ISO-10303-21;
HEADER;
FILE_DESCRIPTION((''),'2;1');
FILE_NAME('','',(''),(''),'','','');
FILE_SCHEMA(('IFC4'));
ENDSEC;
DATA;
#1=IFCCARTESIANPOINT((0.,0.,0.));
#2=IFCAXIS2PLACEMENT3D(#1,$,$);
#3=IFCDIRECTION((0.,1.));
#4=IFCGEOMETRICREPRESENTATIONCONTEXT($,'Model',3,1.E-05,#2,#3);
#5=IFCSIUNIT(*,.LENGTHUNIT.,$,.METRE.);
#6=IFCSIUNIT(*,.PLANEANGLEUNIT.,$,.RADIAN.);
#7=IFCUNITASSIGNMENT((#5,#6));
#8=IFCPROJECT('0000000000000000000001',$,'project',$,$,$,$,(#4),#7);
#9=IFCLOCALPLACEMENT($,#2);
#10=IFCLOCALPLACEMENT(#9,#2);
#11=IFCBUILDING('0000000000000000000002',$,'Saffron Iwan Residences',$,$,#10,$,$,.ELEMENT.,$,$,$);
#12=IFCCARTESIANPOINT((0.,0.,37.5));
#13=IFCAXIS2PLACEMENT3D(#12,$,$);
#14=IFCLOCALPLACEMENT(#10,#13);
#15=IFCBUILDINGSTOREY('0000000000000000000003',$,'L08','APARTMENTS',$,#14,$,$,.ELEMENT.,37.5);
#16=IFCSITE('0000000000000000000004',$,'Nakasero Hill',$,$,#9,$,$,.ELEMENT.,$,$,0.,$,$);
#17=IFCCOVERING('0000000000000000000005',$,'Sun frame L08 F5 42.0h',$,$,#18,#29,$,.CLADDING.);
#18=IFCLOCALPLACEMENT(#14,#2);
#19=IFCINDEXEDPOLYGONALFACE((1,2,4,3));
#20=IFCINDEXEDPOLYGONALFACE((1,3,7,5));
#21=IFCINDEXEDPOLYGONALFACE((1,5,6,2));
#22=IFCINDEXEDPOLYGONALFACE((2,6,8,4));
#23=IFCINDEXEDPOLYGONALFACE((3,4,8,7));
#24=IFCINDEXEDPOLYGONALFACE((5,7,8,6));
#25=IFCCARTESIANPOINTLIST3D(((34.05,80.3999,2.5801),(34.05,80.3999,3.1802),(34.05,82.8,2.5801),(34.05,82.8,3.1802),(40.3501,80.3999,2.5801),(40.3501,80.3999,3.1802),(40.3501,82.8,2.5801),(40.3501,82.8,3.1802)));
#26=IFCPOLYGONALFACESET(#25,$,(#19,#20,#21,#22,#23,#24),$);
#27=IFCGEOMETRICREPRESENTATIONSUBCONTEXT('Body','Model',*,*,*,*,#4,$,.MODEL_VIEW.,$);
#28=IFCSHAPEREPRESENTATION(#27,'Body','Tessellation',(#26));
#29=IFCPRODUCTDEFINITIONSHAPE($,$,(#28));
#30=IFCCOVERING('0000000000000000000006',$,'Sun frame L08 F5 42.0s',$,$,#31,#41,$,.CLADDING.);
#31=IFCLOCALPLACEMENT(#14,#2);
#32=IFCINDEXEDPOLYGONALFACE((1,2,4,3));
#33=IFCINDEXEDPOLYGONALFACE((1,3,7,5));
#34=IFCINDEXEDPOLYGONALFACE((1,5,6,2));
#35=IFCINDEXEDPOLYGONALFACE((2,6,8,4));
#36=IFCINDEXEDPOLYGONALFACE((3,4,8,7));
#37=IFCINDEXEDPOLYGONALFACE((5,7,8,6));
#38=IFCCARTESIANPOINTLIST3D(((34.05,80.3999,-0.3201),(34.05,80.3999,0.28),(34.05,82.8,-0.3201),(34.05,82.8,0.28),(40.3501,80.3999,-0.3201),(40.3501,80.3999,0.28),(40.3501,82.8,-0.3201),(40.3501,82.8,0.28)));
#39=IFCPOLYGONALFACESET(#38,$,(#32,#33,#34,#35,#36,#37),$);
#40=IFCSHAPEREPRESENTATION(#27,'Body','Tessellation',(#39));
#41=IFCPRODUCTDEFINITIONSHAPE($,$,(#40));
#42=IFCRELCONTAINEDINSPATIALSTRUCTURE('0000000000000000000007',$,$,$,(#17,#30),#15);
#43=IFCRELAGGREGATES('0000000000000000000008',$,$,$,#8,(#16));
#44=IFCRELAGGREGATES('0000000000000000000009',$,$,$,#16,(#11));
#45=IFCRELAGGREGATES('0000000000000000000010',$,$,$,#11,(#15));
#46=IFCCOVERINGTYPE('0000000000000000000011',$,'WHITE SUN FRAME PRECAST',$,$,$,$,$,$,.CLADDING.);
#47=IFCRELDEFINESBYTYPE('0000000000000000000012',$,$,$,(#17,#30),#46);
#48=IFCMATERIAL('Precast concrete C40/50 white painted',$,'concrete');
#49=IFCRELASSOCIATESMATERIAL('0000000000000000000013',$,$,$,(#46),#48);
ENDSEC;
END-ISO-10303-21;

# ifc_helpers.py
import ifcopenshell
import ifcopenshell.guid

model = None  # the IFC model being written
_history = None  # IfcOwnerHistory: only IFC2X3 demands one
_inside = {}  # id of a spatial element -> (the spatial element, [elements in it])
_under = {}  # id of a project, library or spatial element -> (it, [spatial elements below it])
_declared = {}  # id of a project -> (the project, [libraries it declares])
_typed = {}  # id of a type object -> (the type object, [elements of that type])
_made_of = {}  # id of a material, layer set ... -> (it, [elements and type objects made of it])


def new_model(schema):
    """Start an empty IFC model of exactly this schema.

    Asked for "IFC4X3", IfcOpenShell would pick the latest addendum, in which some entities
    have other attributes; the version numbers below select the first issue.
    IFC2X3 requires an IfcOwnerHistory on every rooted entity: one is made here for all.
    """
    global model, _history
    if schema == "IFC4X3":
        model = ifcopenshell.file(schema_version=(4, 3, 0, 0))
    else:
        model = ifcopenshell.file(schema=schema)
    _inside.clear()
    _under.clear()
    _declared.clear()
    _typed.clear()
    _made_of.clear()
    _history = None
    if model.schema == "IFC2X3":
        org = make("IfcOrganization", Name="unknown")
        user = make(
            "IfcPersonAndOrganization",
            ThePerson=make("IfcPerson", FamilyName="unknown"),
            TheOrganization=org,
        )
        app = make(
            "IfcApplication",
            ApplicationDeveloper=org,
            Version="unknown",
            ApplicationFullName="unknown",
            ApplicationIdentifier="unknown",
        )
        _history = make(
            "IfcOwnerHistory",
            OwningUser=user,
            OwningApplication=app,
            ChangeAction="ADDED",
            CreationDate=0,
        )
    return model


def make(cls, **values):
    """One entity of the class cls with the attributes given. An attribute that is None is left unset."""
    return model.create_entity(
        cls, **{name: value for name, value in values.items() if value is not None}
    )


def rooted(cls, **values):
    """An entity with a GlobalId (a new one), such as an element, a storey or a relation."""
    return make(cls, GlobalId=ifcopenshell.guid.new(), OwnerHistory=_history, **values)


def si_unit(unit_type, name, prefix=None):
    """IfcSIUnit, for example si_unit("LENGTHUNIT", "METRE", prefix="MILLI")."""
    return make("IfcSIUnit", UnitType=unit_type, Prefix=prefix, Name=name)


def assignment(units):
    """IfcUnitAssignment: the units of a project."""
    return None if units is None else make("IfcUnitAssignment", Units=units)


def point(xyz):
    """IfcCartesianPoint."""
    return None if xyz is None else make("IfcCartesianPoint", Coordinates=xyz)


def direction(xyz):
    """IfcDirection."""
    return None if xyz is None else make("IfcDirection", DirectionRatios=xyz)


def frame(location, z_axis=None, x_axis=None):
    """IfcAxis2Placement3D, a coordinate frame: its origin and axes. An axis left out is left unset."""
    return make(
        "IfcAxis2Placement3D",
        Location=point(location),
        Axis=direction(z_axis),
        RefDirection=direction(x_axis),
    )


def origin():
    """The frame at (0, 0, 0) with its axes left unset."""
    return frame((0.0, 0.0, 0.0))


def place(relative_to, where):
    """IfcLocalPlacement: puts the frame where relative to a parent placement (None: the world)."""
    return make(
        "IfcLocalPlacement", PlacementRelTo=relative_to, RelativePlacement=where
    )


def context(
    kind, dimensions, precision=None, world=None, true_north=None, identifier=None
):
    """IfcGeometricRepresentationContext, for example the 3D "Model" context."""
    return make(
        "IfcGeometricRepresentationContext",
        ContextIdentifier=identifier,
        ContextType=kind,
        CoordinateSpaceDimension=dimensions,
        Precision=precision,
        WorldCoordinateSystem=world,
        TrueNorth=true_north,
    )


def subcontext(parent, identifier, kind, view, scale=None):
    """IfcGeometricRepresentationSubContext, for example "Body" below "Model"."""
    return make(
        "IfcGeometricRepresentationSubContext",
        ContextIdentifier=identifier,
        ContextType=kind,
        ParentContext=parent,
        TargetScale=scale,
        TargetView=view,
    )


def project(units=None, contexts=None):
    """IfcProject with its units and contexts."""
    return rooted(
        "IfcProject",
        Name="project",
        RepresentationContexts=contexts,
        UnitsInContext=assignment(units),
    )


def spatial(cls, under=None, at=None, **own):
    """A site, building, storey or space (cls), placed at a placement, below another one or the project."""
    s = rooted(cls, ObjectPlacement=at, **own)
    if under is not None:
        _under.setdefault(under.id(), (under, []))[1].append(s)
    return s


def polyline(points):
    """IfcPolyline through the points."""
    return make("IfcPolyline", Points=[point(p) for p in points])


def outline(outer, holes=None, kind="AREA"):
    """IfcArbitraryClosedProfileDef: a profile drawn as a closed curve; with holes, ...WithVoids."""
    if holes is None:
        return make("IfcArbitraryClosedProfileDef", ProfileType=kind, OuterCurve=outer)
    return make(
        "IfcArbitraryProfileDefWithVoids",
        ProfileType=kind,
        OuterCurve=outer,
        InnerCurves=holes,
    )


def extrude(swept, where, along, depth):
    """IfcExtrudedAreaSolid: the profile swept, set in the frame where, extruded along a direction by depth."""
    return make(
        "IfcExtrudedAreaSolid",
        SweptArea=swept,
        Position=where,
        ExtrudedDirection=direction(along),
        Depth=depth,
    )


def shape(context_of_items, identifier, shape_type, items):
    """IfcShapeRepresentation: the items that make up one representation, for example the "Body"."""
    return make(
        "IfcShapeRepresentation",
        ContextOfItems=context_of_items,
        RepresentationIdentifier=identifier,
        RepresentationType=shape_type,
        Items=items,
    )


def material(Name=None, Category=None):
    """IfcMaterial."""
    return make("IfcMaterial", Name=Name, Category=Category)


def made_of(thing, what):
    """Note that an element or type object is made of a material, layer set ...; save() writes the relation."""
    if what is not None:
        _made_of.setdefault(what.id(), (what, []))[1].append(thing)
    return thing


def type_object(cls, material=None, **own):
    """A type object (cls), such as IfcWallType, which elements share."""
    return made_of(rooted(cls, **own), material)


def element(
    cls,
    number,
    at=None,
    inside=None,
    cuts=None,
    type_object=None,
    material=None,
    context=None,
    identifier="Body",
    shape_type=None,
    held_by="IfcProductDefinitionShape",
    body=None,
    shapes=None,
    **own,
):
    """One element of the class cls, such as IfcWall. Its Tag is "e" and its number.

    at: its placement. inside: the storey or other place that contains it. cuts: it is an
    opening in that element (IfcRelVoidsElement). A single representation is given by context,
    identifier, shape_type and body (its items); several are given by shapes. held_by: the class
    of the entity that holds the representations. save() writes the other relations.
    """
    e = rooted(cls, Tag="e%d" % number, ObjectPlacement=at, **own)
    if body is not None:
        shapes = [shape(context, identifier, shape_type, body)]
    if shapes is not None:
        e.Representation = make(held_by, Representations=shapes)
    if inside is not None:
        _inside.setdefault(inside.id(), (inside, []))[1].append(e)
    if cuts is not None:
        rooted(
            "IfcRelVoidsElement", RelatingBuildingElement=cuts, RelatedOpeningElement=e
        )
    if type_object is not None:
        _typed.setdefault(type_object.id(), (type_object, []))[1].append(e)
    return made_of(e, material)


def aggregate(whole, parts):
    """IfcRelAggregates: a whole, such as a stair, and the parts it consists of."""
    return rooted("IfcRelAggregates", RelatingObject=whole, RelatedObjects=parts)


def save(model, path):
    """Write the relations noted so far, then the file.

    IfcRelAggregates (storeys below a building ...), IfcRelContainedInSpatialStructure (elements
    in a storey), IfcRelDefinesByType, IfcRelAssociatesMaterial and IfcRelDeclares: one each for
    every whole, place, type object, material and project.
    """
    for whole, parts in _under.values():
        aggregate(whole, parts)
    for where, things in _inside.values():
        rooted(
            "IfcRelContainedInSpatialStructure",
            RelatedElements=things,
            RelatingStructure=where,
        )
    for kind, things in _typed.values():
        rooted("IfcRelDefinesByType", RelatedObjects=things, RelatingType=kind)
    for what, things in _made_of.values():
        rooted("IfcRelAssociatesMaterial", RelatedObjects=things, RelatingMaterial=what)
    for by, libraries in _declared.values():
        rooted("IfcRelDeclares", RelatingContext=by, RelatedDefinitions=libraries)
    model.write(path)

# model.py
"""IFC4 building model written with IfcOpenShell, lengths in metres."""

from ifc_helpers import new_model, si_unit, direction, frame, origin, place, context, subcontext, project, spatial, polyline, outline, extrude, material, type_object, element, save


model = new_model("IFC4")

# Units and contexts
model_context = context("Model", 3, precision=1e-05, world=origin(), true_north=direction((0.0, 1.0)))
body_context = subcontext(model_context, "Body", "Model", "MODEL_VIEW")
ifc_project = project(units=[si_unit("LENGTHUNIT", "METRE"), si_unit("PLANEANGLEUNIT", "RADIAN")], contexts=[model_context])

# Site, building, storey
site_placement = place(None, origin())
site = spatial("IfcSite", under=ifc_project, at=site_placement, Name="Nakasero Hill", CompositionType="ELEMENT", RefElevation=0.0)
building_placement = place(site_placement, origin())
building = spatial("IfcBuilding", under=site, at=building_placement, Name="Saffron Iwan Residences", CompositionType="ELEMENT")
storey_placement = place(building_placement, frame((0.0, 0.0, 37.5)))
storey = spatial("IfcBuildingStorey", under=building, at=storey_placement, Name="L08", Description="APARTMENTS", CompositionType="ELEMENT", Elevation=37.5)

# Coverings
ifc_material_1 = material(Name="Precast concrete C40/50 white painted", Category="concrete")
covering_type = type_object("IfcCoveringType", Name="WHITE SUN FRAME PRECAST", PredefinedType="CLADDING", material=ifc_material_1)
for number, where, z_axis, x_axis, name in (
    (1, (40.3501, 80.3999, 2.5801), (0.0, 1.0, 0.0), (-1.0, 0.0, 0.0), "Sun frame L08 F5 42.0h"),
    (2, (40.3501, 80.3999, -0.3201), (0.0, 1.0, 0.0), (-1.0, 0.0, 0.0), "Sun frame L08 F5 42.0s"),
):
    element("IfcCovering", number, at=place(storey_placement, frame(where, z_axis=z_axis, x_axis=x_axis)), inside=storey, type_object=covering_type, Name=name, PredefinedType="CLADDING", context=body_context, shape_type="SweptSolid", body=[
        extrude(outline(polyline([(0.0, 0.0), (6.3, 0.0), (6.3, 0.6001), (0.0, 0.6001), (0.0, 0.0)])), origin(), (0.0, 0.0, 1.0), 2.4001),
    ])

save(model, "model.ifc")
